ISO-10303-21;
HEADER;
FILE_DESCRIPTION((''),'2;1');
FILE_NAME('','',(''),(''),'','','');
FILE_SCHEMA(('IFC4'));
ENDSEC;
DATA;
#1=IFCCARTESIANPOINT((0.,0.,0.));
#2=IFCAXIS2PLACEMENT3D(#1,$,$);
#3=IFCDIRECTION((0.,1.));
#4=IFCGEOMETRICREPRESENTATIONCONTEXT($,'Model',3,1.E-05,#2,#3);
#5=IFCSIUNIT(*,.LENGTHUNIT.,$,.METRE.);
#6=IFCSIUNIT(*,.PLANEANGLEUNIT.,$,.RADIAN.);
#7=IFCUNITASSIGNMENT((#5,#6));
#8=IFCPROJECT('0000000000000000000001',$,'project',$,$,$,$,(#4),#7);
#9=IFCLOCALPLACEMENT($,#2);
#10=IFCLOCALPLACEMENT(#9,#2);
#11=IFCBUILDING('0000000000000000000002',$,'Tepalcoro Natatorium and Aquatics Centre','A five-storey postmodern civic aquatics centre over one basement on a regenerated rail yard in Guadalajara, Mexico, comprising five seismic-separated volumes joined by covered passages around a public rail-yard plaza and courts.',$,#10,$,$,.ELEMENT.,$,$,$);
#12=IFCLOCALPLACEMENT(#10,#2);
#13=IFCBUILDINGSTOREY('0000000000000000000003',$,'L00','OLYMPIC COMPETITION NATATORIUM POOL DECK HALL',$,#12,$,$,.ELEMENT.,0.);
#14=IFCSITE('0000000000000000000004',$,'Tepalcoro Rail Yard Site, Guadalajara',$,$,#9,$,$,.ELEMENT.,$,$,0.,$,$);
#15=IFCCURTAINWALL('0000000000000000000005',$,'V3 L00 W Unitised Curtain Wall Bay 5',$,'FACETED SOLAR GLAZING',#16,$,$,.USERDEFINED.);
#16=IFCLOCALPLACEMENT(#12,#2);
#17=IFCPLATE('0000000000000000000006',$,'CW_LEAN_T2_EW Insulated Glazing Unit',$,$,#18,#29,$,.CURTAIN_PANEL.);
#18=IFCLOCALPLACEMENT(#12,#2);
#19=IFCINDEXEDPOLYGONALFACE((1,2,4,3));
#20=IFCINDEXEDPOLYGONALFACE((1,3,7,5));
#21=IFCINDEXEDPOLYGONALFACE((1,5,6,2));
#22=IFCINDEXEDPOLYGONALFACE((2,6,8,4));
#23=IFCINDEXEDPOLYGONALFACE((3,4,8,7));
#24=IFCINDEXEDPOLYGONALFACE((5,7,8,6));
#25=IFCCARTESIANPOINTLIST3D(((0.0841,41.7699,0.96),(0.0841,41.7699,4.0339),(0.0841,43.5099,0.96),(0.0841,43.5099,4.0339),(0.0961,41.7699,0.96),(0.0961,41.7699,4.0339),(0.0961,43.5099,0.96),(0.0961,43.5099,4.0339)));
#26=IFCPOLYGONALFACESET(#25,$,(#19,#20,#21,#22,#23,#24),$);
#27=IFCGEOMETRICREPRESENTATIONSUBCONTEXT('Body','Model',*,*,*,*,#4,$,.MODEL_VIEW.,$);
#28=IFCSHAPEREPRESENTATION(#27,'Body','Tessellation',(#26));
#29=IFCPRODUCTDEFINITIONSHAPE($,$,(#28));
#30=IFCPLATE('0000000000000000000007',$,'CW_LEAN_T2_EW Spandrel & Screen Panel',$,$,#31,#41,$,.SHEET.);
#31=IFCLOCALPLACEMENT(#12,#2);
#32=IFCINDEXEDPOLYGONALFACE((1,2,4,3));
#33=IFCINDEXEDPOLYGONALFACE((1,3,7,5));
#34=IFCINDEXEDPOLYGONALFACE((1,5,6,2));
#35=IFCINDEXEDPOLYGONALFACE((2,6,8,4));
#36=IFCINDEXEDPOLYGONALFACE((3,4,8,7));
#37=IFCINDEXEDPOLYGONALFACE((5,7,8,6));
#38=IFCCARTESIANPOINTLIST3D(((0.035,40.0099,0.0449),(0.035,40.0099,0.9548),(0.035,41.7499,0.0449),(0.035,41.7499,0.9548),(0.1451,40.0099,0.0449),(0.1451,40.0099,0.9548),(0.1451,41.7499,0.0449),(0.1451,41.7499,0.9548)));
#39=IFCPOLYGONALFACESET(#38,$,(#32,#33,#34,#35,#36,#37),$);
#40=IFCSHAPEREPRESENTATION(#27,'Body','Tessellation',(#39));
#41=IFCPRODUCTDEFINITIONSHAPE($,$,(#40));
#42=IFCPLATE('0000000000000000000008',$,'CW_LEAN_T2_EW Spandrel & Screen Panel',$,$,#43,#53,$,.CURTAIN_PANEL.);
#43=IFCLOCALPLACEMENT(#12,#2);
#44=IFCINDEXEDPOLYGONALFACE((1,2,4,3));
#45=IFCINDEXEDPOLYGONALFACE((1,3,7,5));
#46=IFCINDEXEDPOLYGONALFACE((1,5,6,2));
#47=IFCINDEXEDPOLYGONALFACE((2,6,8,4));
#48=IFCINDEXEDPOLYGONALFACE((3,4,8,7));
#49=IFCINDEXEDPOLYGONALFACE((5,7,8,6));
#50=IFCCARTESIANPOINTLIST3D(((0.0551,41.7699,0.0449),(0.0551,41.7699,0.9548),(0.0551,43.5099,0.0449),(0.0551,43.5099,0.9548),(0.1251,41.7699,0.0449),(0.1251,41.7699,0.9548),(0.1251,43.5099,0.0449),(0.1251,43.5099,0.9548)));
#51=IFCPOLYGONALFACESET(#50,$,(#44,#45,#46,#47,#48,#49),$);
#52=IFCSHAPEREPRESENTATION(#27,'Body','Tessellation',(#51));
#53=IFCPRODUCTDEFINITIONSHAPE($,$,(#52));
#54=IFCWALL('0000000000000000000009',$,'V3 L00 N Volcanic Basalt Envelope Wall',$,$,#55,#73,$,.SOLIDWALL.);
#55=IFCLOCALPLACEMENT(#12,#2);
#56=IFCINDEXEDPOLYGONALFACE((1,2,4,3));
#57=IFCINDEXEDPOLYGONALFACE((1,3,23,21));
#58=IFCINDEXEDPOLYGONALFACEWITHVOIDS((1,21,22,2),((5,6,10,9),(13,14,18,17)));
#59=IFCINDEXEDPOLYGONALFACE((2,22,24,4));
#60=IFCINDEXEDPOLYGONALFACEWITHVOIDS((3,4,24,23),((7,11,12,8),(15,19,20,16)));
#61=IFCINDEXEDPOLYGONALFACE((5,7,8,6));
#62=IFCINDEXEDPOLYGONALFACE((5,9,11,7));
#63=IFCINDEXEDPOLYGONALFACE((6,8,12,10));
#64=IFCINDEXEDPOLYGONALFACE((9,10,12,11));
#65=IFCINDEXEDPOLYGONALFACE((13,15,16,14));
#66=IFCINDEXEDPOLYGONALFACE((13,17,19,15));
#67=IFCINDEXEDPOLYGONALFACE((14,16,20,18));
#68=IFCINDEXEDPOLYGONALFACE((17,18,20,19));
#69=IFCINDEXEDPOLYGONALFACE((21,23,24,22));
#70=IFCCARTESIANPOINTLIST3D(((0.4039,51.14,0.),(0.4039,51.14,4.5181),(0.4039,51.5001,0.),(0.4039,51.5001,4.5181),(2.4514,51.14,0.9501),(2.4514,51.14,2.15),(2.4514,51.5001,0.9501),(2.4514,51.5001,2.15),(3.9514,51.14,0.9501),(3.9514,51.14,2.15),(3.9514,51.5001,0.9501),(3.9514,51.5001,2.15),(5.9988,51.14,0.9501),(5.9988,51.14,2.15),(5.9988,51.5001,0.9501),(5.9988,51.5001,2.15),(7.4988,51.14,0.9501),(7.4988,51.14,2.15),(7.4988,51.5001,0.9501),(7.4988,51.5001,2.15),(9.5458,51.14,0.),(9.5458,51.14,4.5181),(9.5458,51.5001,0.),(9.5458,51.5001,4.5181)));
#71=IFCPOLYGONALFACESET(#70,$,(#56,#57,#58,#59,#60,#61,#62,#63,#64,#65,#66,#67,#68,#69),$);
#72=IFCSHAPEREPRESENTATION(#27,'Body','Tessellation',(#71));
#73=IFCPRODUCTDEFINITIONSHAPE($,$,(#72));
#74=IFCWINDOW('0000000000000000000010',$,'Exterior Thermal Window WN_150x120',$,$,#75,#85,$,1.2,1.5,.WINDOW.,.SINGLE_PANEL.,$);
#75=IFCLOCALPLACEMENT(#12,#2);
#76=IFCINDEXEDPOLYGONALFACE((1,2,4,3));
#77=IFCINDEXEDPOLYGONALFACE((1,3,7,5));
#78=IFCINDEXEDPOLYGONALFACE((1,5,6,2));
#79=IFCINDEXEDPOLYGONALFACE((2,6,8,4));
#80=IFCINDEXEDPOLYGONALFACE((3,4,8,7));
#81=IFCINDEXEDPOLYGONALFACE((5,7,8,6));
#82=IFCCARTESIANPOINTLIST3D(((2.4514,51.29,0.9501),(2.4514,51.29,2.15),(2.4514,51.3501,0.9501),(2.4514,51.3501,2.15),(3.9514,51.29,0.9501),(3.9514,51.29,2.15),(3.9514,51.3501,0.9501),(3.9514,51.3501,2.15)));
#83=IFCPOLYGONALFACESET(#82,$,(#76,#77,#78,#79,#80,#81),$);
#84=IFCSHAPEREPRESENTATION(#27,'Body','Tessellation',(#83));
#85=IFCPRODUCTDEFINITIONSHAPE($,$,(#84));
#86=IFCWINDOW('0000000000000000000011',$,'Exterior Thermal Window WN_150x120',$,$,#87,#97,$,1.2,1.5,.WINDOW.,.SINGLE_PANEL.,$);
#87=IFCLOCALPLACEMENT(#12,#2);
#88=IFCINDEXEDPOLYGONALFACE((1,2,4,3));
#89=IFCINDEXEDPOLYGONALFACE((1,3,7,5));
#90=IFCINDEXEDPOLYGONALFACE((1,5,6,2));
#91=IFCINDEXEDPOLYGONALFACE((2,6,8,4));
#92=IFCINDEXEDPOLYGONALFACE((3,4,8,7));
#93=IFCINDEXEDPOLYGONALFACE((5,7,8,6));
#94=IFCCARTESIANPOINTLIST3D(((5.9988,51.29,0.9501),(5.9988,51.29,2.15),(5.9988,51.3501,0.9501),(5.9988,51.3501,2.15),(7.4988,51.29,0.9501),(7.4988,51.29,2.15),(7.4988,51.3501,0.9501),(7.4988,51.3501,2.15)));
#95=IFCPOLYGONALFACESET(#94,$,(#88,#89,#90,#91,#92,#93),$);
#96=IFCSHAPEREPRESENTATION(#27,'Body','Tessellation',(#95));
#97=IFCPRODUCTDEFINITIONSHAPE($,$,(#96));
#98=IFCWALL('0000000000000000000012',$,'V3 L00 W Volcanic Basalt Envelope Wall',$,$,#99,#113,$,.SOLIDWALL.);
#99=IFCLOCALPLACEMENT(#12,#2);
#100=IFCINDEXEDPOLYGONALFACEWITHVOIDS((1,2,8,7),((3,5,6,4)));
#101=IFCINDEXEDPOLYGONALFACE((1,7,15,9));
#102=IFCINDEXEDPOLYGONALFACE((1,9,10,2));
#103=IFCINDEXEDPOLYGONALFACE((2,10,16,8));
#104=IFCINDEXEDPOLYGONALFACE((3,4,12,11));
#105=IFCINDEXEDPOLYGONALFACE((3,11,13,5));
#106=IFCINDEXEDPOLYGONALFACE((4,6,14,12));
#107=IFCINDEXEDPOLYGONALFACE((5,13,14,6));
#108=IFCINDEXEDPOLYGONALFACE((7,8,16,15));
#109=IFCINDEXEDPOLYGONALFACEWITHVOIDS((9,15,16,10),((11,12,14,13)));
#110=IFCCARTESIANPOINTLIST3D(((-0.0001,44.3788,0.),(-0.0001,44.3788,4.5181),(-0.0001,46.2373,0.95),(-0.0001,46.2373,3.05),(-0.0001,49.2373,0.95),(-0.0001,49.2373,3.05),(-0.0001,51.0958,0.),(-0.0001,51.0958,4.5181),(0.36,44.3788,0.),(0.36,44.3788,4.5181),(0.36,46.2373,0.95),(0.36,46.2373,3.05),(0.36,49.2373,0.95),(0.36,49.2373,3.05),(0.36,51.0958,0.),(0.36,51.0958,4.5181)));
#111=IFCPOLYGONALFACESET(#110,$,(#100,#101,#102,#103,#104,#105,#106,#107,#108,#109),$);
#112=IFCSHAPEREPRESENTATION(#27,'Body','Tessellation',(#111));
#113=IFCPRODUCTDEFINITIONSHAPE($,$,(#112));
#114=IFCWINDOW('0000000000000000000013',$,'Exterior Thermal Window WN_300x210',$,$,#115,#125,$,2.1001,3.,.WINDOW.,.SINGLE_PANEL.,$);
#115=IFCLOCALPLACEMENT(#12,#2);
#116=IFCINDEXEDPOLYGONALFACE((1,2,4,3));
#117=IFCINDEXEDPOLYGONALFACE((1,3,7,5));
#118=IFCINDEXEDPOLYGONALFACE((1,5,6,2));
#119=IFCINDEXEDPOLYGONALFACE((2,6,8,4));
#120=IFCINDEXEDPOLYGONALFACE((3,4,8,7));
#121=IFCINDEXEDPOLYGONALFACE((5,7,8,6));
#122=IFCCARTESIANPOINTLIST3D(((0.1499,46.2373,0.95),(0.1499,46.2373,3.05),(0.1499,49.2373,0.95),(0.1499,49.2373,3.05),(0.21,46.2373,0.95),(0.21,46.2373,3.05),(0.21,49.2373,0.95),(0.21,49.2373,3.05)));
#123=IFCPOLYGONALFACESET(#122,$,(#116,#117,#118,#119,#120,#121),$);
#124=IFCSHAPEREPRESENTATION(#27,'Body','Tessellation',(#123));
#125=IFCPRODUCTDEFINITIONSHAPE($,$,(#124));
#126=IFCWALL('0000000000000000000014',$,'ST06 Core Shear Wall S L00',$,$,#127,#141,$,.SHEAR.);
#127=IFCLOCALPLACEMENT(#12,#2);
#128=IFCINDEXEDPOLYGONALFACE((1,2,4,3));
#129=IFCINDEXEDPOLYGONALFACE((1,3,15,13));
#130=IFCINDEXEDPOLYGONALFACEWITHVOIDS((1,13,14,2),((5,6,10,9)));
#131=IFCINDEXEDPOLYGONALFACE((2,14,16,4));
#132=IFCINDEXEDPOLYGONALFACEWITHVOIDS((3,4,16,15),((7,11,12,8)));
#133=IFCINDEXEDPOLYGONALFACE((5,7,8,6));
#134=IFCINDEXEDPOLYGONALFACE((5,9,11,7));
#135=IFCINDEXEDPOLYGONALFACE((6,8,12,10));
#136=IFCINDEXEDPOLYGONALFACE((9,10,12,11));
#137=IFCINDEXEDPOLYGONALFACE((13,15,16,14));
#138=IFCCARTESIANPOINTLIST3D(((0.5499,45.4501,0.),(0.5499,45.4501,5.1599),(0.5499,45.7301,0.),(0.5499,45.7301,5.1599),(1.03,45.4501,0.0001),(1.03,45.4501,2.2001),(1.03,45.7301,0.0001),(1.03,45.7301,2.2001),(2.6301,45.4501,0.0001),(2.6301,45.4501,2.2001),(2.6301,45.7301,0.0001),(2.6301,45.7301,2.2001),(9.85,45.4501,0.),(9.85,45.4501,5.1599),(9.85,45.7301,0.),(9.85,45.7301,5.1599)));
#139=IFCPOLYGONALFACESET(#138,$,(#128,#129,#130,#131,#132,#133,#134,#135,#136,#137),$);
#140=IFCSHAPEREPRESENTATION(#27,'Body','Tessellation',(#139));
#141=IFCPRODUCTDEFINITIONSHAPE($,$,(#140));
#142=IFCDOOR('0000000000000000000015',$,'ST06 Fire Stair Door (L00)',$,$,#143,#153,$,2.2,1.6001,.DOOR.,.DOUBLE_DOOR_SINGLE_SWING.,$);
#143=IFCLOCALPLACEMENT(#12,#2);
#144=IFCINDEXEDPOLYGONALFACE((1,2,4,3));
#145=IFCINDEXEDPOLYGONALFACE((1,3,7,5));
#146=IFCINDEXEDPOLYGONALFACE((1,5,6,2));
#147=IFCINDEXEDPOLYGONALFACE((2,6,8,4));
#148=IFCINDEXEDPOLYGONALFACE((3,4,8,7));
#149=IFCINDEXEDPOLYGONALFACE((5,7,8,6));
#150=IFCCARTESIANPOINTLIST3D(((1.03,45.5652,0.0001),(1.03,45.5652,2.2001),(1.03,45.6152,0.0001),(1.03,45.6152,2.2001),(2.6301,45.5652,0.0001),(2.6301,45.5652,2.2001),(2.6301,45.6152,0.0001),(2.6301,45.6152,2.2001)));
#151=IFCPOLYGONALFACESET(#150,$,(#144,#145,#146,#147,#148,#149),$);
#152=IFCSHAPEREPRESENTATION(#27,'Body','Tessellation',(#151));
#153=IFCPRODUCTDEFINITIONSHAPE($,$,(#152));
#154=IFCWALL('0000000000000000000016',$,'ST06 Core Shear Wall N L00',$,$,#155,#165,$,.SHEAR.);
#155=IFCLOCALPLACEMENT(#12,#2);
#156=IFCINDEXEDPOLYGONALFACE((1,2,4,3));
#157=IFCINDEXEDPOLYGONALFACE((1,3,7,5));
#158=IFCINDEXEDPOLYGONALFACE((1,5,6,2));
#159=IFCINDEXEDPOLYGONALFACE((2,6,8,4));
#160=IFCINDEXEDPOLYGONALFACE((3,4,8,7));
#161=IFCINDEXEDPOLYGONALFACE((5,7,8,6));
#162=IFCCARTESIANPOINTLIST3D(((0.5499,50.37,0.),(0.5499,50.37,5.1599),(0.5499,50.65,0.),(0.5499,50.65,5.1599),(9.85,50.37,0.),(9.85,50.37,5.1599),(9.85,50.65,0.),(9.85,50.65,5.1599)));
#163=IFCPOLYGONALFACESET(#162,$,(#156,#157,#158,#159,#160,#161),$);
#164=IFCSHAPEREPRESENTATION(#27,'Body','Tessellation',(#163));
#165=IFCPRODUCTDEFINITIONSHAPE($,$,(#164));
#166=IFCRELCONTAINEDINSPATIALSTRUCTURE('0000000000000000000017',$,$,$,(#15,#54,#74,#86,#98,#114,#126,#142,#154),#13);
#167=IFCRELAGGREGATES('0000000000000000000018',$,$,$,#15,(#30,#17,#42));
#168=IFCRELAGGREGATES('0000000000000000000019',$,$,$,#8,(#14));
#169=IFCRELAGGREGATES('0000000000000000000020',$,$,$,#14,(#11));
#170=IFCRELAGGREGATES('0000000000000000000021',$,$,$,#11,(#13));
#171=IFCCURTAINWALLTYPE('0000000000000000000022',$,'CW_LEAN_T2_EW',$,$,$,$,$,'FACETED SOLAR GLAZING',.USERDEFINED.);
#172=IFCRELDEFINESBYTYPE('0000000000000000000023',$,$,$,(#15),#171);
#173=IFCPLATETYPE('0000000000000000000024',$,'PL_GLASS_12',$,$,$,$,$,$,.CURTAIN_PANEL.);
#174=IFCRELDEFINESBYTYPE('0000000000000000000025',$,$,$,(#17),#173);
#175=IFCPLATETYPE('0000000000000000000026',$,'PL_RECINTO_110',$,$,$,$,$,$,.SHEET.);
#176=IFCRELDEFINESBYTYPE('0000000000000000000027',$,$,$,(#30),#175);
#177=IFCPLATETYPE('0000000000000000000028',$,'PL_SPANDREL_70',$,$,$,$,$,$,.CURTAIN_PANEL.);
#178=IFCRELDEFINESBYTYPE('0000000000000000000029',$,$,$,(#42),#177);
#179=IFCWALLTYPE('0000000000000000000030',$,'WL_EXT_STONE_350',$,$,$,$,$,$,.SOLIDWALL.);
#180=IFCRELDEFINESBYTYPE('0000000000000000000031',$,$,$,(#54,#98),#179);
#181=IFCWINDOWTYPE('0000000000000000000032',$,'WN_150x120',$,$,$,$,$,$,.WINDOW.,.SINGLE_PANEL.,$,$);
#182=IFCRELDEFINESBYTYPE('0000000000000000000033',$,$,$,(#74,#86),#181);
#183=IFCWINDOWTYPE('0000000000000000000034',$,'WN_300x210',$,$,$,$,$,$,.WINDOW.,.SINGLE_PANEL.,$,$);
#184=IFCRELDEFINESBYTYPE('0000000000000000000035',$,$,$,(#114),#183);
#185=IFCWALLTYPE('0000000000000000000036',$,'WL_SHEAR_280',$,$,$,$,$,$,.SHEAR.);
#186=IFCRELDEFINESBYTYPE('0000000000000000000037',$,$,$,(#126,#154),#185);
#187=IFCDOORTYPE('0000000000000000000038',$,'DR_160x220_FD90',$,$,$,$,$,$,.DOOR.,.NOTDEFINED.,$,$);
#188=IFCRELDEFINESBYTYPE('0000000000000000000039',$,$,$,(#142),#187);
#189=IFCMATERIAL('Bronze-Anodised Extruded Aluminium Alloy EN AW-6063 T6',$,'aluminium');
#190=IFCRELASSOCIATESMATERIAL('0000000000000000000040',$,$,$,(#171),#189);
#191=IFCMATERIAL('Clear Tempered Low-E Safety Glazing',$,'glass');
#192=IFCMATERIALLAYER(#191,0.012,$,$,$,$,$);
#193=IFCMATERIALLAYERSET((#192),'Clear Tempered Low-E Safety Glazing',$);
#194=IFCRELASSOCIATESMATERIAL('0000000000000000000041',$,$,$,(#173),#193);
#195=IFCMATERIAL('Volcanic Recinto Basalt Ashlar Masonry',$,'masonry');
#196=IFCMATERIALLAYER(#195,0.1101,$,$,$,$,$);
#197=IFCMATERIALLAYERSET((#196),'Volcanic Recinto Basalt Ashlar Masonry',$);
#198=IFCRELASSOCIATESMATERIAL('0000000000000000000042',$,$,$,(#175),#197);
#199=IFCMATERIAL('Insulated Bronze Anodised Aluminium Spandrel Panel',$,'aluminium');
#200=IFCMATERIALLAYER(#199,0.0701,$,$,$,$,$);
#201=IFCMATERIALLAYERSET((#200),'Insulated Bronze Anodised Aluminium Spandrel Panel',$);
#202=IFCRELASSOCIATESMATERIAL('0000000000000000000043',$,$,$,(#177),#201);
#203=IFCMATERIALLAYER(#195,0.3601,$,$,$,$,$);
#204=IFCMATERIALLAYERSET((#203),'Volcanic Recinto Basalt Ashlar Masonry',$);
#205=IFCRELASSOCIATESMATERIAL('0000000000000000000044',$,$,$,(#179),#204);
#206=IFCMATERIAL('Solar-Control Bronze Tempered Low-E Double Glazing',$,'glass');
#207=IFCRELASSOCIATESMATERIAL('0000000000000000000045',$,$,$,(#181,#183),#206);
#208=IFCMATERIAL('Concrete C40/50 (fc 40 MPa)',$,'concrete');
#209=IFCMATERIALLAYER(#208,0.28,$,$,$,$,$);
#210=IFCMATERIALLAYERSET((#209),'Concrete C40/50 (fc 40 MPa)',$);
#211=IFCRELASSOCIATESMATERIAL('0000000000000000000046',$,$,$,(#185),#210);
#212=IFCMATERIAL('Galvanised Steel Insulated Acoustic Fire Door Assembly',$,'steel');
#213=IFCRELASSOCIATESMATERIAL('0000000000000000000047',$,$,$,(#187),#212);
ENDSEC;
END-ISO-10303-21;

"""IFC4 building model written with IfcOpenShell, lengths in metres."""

from ifc_helpers import new_model, si_unit, direction, frame, frame_2d, origin, origin_2d, place, context, subcontext, project, spatial, rectangle, extrude, material, layer, layer_set, type_object, element, fill, aggregate, save


model = new_model("IFC4")

# Units and contexts
model_context = context("Model", 3, precision=1e-05, world=origin(), true_north=direction((0.0, 1.0)))
body_context = subcontext(model_context, "Body", "Model", "MODEL_VIEW")
ifc_project = project(units=[si_unit("LENGTHUNIT", "METRE"), si_unit("PLANEANGLEUNIT", "RADIAN")], contexts=[model_context])

# Site, building, storey
site_placement = place(None, origin())
site = spatial("IfcSite", under=ifc_project, at=site_placement, Name="Tepalcoro Rail Yard Site, Guadalajara", CompositionType="ELEMENT", RefElevation=0.0)
building_placement = place(site_placement, origin())
building = spatial("IfcBuilding", under=site, at=building_placement, Name="Tepalcoro Natatorium and Aquatics Centre", Description="A five-storey postmodern civic aquatics centre over one basement on a regenerated rail yard in Guadalajara, Mexico, comprising five seismic-separated volumes joined by covered passages around a public rail-yard plaza and courts.", CompositionType="ELEMENT")
storey_placement = place(building_placement, origin())
storey = spatial("IfcBuildingStorey", under=building, at=storey_placement, Name="L00", Description="OLYMPIC COMPETITION NATATORIUM POOL DECK HALL", CompositionType="ELEMENT", Elevation=0.0)

# Shared definitions
ifc_material_1 = material(Name="Concrete C40/50 (fc 40 MPa)", Category="concrete")

# Curtain wall
ifc_material_2 = material(Name="Bronze-Anodised Extruded Aluminium Alloy EN AW-6063 T6", Category="aluminium")
curtain_wall_type = type_object("IfcCurtainWallType", Name="CW_LEAN_T2_EW", ElementType="FACETED SOLAR GLAZING", PredefinedType="USERDEFINED", material=ifc_material_2)
curtain_wall_placement = place(storey_placement, origin())
curtain_wall = element("IfcCurtainWall", 1, at=curtain_wall_placement, inside=storey, type_object=curtain_wall_type, Name="V3 L00 W Unitised Curtain Wall Bay 5", ObjectType="FACETED SOLAR GLAZING", PredefinedType="USERDEFINED")

# Plates
ifc_material_3 = material(Name="Solar-Control Bronze Tempered Low-E Double Glazing", Category="glass")
ifc_material_4 = material(Name="Clear Tempered Low-E Safety Glazing", Category="glass")
ifc_layer_1 = layer(ifc_material_4, 0.012)
ifc_layer_set_1 = layer_set([ifc_layer_1], Name="Clear Tempered Low-E Safety Glazing")
plate_type_1 = type_object("IfcPlateType", Name="PL_GLASS_12", PredefinedType="CURTAIN_PANEL", material=ifc_layer_set_1)
plate_1_placement = place(storey_placement, frame((0.0901, 42.6399, 0.96), z_axis=(0.0, 0.0, 1.0), x_axis=(1.0, 0.0, 0.0)))
plate_1 = element("IfcPlate", 2, at=plate_1_placement, type_object=plate_type_1, Name="CW_LEAN_T2_EW Insulated Glazing Unit", PredefinedType="CURTAIN_PANEL", context=body_context, shape_type="SweptSolid", body=[
    extrude(rectangle(XDim=0.012, YDim=1.74, at=origin_2d()), origin(), (0.0, 0.0, 1.0), 3.074),
])
ifc_material_5 = material(Name="Volcanic Recinto Basalt Ashlar Masonry", Category="masonry")
ifc_layer_2 = layer(ifc_material_5, 0.1101)
ifc_layer_set_2 = layer_set([ifc_layer_2], Name="Volcanic Recinto Basalt Ashlar Masonry")
plate_type_2 = type_object("IfcPlateType", Name="PL_RECINTO_110", PredefinedType="SHEET", material=ifc_layer_set_2)
plate_2_placement = place(storey_placement, frame((0.0901, 40.8799, 0.0449), z_axis=(0.0, 0.0, 1.0), x_axis=(1.0, 0.0, 0.0)))
plate_2 = element("IfcPlate", 3, at=plate_2_placement, type_object=plate_type_2, Name="CW_LEAN_T2_EW Spandrel & Screen Panel", PredefinedType="SHEET", context=body_context, shape_type="SweptSolid", body=[
    extrude(rectangle(XDim=0.1101, YDim=1.74, at=origin_2d()), origin(), (0.0, 0.0, 1.0), 0.9099),
])
ifc_material_6 = material(Name="Insulated Bronze Anodised Aluminium Spandrel Panel", Category="aluminium")
ifc_layer_3 = layer(ifc_material_6, 0.0701)
ifc_layer_set_3 = layer_set([ifc_layer_3], Name="Insulated Bronze Anodised Aluminium Spandrel Panel")
plate_type_3 = type_object("IfcPlateType", Name="PL_SPANDREL_70", PredefinedType="CURTAIN_PANEL", material=ifc_layer_set_3)
plate_3_placement = place(storey_placement, frame((0.0901, 42.6399, 0.0449), z_axis=(0.0, 0.0, 1.0), x_axis=(1.0, 0.0, 0.0)))
plate_3 = element("IfcPlate", 4, at=plate_3_placement, type_object=plate_type_3, Name="CW_LEAN_T2_EW Spandrel & Screen Panel", PredefinedType="CURTAIN_PANEL", context=body_context, shape_type="SweptSolid", body=[
    extrude(rectangle(XDim=0.0701, YDim=1.74, at=origin_2d()), origin(), (0.0, 0.0, 1.0), 0.9099),
])
aggregate(curtain_wall, [plate_2, plate_1, plate_3])

# Wall, openings, windows
ifc_layer_4 = layer(ifc_material_5, 0.3601)
ifc_layer_set_4 = layer_set([ifc_layer_4], Name="Volcanic Recinto Basalt Ashlar Masonry")
wall_type_1 = type_object("IfcWallType", Name="WL_EXT_STONE_350", PredefinedType="SOLIDWALL", material=ifc_layer_set_4)
wall_1_placement = place(storey_placement, frame((0.4041, 51.3201, 0.0), z_axis=(0.0, 0.0, 1.0), x_axis=(1.0, 0.0, 0.0)))
wall_1 = element("IfcWall", 5, at=wall_1_placement, inside=storey, type_object=wall_type_1, Name="V3 L00 N Volcanic Basalt Envelope Wall", PredefinedType="SOLIDWALL", context=body_context, shape_type="SweptSolid", body=[
    extrude(rectangle(XDim=9.1418, YDim=0.3601, at=frame_2d((4.5708, 0.0))), origin(), (0.0, 0.0, 1.0), 4.5181),
])
opening_1_placement = place(wall_1_placement, frame((2.0474, 0.0, 0.95)))
opening_1 = element("IfcOpeningElement", 6, at=opening_1_placement, cuts=wall_1, PredefinedType="OPENING", context=body_context, shape_type="SweptSolid", body=[
    extrude(rectangle(XDim=1.5, YDim=1.2, at=frame_2d((0.75, 0.6001))), frame((0.0, 0.1919, 0.0), z_axis=(0.0, -1.0, 0.0), x_axis=(1.0, 0.0, 0.0)), (0.0, 0.0, 1.0), 0.384),
])
opening_2_placement = place(wall_1_placement, frame((5.5947, 0.0, 0.95)))
opening_2 = element("IfcOpeningElement", 7, at=opening_2_placement, cuts=wall_1, PredefinedType="OPENING", context=body_context, shape_type="SweptSolid", body=[
    extrude(rectangle(XDim=1.5, YDim=1.2, at=frame_2d((0.75, 0.6001))), frame((0.0, 0.1919, 0.0), z_axis=(0.0, -1.0, 0.0), x_axis=(1.0, 0.0, 0.0)), (0.0, 0.0, 1.0), 0.384),
])
window_type_1 = type_object("IfcWindowType", Name="WN_150x120", PartitioningType="SINGLE_PANEL", PredefinedType="WINDOW", material=ifc_material_3)
window_1_placement = place(opening_1_placement, origin())
window_1 = element("IfcWindow", 8, at=window_1_placement, inside=storey, type_object=window_type_1, Name="Exterior Thermal Window WN_150x120", OverallHeight=1.2, OverallWidth=1.5, PartitioningType="SINGLE_PANEL", PredefinedType="WINDOW", context=body_context, shape_type="SweptSolid", body=[
    extrude(rectangle(XDim=1.5, YDim=1.2, at=frame_2d((0.75, 0.6001))), frame((0.0, 0.03, 0.0), z_axis=(0.0, -1.0, 0.0), x_axis=(1.0, 0.0, 0.0)), (0.0, 0.0, 1.0), 0.0601),
])
fill(opening_1, window_1)
window_2_placement = place(opening_2_placement, origin())
window_2 = element("IfcWindow", 9, at=window_2_placement, inside=storey, type_object=window_type_1, Name="Exterior Thermal Window WN_150x120", OverallHeight=1.2, OverallWidth=1.5, PartitioningType="SINGLE_PANEL", PredefinedType="WINDOW", context=body_context, shape_type="SweptSolid", body=[
    extrude(rectangle(XDim=1.5, YDim=1.2, at=frame_2d((0.75, 0.6001))), frame((0.0, 0.03, 0.0), z_axis=(0.0, -1.0, 0.0), x_axis=(1.0, 0.0, 0.0)), (0.0, 0.0, 1.0), 0.0601),
])
fill(opening_2, window_2)

# Wall, opening, window
wall_2_placement = place(storey_placement, frame((0.1799, 44.3789, 0.0), z_axis=(0.0, 0.0, 1.0), x_axis=(0.0, 1.0, 0.0)))
wall_2 = element("IfcWall", 10, at=wall_2_placement, inside=storey, type_object=wall_type_1, Name="V3 L00 W Volcanic Basalt Envelope Wall", PredefinedType="SOLIDWALL", context=body_context, shape_type="SweptSolid", body=[
    extrude(rectangle(XDim=6.717, YDim=0.3601, at=frame_2d((3.3584, 0.0))), origin(), (0.0, 0.0, 1.0), 4.5181),
])
opening_3_placement = place(wall_2_placement, frame((1.8584, 0.0, 0.95)))
opening_3 = element("IfcOpeningElement", 11, at=opening_3_placement, cuts=wall_2, PredefinedType="OPENING", context=body_context, shape_type="SweptSolid", body=[
    extrude(rectangle(XDim=3.0, YDim=2.1001, at=frame_2d((1.5, 1.05))), frame((0.0, 0.1919, 0.0), z_axis=(0.0, -1.0, 0.0), x_axis=(1.0, 0.0, 0.0)), (0.0, 0.0, 1.0), 0.384),
])
window_type_2 = type_object("IfcWindowType", Name="WN_300x210", PartitioningType="SINGLE_PANEL", PredefinedType="WINDOW", material=ifc_material_3)
window_3_placement = place(opening_3_placement, origin())
window_3 = element("IfcWindow", 12, at=window_3_placement, inside=storey, type_object=window_type_2, Name="Exterior Thermal Window WN_300x210", OverallHeight=2.1001, OverallWidth=3.0, PartitioningType="SINGLE_PANEL", PredefinedType="WINDOW", context=body_context, shape_type="SweptSolid", body=[
    extrude(rectangle(XDim=3.0, YDim=2.1001, at=frame_2d((1.5, 1.05))), frame((0.0, 0.03, 0.0), z_axis=(0.0, -1.0, 0.0), x_axis=(1.0, 0.0, 0.0)), (0.0, 0.0, 1.0), 0.0601),
])
fill(opening_3, window_3)

# Wall, opening, door
ifc_layer_5 = layer(ifc_material_1, 0.28)
ifc_layer_set_5 = layer_set([ifc_layer_5], Name="Concrete C40/50 (fc 40 MPa)")
wall_type_2 = type_object("IfcWallType", Name="WL_SHEAR_280", PredefinedType="SHEAR", material=ifc_layer_set_5)
wall_3_placement = place(storey_placement, frame((0.55, 45.5901, 0.0), z_axis=(0.0, 0.0, 1.0), x_axis=(1.0, 0.0, 0.0)))
wall_3 = element("IfcWall", 13, at=wall_3_placement, inside=storey, type_object=wall_type_2, Name="ST06 Core Shear Wall S L00", PredefinedType="SHEAR", context=body_context, shape_type="SweptSolid", body=[
    extrude(rectangle(XDim=9.3, YDim=0.28, at=frame_2d((4.6499, 0.0))), origin(), (0.0, 0.0, 1.0), 5.1599),
])
opening_4_placement = place(wall_3_placement, frame((0.48, 0.0, 0.0)))
opening_4 = element("IfcOpeningElement", 14, at=opening_4_placement, cuts=wall_3, PredefinedType="OPENING", context=body_context, shape_type="SweptSolid", body=[
    extrude(rectangle(XDim=1.6001, YDim=2.2, at=frame_2d((0.8, 1.1001))), frame((0.0, 0.1519, 0.0), z_axis=(0.0, -1.0, 0.0), x_axis=(1.0, 0.0, 0.0)), (0.0, 0.0, 1.0), 0.304),
])
ifc_material_7 = material(Name="Galvanised Steel Insulated Acoustic Fire Door Assembly", Category="steel")
door_type = type_object("IfcDoorType", Name="DR_160x220_FD90", OperationType="NOTDEFINED", PredefinedType="DOOR", material=ifc_material_7)
door_placement = place(opening_4_placement, frame((1.6001, 0.0, 0.0), z_axis=(0.0, 0.0, 1.0), x_axis=(-1.0, 0.0, 0.0)))
door = element("IfcDoor", 15, at=door_placement, inside=storey, type_object=door_type, Name="ST06 Fire Stair Door (L00)", OperationType="DOUBLE_DOOR_SINGLE_SWING", OverallHeight=2.2, OverallWidth=1.6001, PredefinedType="DOOR", context=body_context, shape_type="SweptSolid", body=[
    extrude(rectangle(XDim=1.6001, YDim=2.2, at=frame_2d((0.8, 1.1001))), frame((0.0, 0.0249, 0.0), z_axis=(0.0, -1.0, 0.0), x_axis=(1.0, 0.0, 0.0)), (0.0, 0.0, 1.0), 0.05),
])
fill(opening_4, door)

# Wall
wall_4_placement = place(storey_placement, frame((0.55, 50.51, 0.0), z_axis=(0.0, 0.0, 1.0), x_axis=(1.0, 0.0, 0.0)))
element("IfcWall", 16, at=wall_4_placement, inside=storey, type_object=wall_type_2, Name="ST06 Core Shear Wall N L00", PredefinedType="SHEAR", context=body_context, shape_type="SweptSolid", body=[
    extrude(rectangle(XDim=9.3, YDim=0.28, at=frame_2d((4.6499, 0.0))), origin(), (0.0, 0.0, 1.0), 5.1599),
])

save(model, "model.ifc")
